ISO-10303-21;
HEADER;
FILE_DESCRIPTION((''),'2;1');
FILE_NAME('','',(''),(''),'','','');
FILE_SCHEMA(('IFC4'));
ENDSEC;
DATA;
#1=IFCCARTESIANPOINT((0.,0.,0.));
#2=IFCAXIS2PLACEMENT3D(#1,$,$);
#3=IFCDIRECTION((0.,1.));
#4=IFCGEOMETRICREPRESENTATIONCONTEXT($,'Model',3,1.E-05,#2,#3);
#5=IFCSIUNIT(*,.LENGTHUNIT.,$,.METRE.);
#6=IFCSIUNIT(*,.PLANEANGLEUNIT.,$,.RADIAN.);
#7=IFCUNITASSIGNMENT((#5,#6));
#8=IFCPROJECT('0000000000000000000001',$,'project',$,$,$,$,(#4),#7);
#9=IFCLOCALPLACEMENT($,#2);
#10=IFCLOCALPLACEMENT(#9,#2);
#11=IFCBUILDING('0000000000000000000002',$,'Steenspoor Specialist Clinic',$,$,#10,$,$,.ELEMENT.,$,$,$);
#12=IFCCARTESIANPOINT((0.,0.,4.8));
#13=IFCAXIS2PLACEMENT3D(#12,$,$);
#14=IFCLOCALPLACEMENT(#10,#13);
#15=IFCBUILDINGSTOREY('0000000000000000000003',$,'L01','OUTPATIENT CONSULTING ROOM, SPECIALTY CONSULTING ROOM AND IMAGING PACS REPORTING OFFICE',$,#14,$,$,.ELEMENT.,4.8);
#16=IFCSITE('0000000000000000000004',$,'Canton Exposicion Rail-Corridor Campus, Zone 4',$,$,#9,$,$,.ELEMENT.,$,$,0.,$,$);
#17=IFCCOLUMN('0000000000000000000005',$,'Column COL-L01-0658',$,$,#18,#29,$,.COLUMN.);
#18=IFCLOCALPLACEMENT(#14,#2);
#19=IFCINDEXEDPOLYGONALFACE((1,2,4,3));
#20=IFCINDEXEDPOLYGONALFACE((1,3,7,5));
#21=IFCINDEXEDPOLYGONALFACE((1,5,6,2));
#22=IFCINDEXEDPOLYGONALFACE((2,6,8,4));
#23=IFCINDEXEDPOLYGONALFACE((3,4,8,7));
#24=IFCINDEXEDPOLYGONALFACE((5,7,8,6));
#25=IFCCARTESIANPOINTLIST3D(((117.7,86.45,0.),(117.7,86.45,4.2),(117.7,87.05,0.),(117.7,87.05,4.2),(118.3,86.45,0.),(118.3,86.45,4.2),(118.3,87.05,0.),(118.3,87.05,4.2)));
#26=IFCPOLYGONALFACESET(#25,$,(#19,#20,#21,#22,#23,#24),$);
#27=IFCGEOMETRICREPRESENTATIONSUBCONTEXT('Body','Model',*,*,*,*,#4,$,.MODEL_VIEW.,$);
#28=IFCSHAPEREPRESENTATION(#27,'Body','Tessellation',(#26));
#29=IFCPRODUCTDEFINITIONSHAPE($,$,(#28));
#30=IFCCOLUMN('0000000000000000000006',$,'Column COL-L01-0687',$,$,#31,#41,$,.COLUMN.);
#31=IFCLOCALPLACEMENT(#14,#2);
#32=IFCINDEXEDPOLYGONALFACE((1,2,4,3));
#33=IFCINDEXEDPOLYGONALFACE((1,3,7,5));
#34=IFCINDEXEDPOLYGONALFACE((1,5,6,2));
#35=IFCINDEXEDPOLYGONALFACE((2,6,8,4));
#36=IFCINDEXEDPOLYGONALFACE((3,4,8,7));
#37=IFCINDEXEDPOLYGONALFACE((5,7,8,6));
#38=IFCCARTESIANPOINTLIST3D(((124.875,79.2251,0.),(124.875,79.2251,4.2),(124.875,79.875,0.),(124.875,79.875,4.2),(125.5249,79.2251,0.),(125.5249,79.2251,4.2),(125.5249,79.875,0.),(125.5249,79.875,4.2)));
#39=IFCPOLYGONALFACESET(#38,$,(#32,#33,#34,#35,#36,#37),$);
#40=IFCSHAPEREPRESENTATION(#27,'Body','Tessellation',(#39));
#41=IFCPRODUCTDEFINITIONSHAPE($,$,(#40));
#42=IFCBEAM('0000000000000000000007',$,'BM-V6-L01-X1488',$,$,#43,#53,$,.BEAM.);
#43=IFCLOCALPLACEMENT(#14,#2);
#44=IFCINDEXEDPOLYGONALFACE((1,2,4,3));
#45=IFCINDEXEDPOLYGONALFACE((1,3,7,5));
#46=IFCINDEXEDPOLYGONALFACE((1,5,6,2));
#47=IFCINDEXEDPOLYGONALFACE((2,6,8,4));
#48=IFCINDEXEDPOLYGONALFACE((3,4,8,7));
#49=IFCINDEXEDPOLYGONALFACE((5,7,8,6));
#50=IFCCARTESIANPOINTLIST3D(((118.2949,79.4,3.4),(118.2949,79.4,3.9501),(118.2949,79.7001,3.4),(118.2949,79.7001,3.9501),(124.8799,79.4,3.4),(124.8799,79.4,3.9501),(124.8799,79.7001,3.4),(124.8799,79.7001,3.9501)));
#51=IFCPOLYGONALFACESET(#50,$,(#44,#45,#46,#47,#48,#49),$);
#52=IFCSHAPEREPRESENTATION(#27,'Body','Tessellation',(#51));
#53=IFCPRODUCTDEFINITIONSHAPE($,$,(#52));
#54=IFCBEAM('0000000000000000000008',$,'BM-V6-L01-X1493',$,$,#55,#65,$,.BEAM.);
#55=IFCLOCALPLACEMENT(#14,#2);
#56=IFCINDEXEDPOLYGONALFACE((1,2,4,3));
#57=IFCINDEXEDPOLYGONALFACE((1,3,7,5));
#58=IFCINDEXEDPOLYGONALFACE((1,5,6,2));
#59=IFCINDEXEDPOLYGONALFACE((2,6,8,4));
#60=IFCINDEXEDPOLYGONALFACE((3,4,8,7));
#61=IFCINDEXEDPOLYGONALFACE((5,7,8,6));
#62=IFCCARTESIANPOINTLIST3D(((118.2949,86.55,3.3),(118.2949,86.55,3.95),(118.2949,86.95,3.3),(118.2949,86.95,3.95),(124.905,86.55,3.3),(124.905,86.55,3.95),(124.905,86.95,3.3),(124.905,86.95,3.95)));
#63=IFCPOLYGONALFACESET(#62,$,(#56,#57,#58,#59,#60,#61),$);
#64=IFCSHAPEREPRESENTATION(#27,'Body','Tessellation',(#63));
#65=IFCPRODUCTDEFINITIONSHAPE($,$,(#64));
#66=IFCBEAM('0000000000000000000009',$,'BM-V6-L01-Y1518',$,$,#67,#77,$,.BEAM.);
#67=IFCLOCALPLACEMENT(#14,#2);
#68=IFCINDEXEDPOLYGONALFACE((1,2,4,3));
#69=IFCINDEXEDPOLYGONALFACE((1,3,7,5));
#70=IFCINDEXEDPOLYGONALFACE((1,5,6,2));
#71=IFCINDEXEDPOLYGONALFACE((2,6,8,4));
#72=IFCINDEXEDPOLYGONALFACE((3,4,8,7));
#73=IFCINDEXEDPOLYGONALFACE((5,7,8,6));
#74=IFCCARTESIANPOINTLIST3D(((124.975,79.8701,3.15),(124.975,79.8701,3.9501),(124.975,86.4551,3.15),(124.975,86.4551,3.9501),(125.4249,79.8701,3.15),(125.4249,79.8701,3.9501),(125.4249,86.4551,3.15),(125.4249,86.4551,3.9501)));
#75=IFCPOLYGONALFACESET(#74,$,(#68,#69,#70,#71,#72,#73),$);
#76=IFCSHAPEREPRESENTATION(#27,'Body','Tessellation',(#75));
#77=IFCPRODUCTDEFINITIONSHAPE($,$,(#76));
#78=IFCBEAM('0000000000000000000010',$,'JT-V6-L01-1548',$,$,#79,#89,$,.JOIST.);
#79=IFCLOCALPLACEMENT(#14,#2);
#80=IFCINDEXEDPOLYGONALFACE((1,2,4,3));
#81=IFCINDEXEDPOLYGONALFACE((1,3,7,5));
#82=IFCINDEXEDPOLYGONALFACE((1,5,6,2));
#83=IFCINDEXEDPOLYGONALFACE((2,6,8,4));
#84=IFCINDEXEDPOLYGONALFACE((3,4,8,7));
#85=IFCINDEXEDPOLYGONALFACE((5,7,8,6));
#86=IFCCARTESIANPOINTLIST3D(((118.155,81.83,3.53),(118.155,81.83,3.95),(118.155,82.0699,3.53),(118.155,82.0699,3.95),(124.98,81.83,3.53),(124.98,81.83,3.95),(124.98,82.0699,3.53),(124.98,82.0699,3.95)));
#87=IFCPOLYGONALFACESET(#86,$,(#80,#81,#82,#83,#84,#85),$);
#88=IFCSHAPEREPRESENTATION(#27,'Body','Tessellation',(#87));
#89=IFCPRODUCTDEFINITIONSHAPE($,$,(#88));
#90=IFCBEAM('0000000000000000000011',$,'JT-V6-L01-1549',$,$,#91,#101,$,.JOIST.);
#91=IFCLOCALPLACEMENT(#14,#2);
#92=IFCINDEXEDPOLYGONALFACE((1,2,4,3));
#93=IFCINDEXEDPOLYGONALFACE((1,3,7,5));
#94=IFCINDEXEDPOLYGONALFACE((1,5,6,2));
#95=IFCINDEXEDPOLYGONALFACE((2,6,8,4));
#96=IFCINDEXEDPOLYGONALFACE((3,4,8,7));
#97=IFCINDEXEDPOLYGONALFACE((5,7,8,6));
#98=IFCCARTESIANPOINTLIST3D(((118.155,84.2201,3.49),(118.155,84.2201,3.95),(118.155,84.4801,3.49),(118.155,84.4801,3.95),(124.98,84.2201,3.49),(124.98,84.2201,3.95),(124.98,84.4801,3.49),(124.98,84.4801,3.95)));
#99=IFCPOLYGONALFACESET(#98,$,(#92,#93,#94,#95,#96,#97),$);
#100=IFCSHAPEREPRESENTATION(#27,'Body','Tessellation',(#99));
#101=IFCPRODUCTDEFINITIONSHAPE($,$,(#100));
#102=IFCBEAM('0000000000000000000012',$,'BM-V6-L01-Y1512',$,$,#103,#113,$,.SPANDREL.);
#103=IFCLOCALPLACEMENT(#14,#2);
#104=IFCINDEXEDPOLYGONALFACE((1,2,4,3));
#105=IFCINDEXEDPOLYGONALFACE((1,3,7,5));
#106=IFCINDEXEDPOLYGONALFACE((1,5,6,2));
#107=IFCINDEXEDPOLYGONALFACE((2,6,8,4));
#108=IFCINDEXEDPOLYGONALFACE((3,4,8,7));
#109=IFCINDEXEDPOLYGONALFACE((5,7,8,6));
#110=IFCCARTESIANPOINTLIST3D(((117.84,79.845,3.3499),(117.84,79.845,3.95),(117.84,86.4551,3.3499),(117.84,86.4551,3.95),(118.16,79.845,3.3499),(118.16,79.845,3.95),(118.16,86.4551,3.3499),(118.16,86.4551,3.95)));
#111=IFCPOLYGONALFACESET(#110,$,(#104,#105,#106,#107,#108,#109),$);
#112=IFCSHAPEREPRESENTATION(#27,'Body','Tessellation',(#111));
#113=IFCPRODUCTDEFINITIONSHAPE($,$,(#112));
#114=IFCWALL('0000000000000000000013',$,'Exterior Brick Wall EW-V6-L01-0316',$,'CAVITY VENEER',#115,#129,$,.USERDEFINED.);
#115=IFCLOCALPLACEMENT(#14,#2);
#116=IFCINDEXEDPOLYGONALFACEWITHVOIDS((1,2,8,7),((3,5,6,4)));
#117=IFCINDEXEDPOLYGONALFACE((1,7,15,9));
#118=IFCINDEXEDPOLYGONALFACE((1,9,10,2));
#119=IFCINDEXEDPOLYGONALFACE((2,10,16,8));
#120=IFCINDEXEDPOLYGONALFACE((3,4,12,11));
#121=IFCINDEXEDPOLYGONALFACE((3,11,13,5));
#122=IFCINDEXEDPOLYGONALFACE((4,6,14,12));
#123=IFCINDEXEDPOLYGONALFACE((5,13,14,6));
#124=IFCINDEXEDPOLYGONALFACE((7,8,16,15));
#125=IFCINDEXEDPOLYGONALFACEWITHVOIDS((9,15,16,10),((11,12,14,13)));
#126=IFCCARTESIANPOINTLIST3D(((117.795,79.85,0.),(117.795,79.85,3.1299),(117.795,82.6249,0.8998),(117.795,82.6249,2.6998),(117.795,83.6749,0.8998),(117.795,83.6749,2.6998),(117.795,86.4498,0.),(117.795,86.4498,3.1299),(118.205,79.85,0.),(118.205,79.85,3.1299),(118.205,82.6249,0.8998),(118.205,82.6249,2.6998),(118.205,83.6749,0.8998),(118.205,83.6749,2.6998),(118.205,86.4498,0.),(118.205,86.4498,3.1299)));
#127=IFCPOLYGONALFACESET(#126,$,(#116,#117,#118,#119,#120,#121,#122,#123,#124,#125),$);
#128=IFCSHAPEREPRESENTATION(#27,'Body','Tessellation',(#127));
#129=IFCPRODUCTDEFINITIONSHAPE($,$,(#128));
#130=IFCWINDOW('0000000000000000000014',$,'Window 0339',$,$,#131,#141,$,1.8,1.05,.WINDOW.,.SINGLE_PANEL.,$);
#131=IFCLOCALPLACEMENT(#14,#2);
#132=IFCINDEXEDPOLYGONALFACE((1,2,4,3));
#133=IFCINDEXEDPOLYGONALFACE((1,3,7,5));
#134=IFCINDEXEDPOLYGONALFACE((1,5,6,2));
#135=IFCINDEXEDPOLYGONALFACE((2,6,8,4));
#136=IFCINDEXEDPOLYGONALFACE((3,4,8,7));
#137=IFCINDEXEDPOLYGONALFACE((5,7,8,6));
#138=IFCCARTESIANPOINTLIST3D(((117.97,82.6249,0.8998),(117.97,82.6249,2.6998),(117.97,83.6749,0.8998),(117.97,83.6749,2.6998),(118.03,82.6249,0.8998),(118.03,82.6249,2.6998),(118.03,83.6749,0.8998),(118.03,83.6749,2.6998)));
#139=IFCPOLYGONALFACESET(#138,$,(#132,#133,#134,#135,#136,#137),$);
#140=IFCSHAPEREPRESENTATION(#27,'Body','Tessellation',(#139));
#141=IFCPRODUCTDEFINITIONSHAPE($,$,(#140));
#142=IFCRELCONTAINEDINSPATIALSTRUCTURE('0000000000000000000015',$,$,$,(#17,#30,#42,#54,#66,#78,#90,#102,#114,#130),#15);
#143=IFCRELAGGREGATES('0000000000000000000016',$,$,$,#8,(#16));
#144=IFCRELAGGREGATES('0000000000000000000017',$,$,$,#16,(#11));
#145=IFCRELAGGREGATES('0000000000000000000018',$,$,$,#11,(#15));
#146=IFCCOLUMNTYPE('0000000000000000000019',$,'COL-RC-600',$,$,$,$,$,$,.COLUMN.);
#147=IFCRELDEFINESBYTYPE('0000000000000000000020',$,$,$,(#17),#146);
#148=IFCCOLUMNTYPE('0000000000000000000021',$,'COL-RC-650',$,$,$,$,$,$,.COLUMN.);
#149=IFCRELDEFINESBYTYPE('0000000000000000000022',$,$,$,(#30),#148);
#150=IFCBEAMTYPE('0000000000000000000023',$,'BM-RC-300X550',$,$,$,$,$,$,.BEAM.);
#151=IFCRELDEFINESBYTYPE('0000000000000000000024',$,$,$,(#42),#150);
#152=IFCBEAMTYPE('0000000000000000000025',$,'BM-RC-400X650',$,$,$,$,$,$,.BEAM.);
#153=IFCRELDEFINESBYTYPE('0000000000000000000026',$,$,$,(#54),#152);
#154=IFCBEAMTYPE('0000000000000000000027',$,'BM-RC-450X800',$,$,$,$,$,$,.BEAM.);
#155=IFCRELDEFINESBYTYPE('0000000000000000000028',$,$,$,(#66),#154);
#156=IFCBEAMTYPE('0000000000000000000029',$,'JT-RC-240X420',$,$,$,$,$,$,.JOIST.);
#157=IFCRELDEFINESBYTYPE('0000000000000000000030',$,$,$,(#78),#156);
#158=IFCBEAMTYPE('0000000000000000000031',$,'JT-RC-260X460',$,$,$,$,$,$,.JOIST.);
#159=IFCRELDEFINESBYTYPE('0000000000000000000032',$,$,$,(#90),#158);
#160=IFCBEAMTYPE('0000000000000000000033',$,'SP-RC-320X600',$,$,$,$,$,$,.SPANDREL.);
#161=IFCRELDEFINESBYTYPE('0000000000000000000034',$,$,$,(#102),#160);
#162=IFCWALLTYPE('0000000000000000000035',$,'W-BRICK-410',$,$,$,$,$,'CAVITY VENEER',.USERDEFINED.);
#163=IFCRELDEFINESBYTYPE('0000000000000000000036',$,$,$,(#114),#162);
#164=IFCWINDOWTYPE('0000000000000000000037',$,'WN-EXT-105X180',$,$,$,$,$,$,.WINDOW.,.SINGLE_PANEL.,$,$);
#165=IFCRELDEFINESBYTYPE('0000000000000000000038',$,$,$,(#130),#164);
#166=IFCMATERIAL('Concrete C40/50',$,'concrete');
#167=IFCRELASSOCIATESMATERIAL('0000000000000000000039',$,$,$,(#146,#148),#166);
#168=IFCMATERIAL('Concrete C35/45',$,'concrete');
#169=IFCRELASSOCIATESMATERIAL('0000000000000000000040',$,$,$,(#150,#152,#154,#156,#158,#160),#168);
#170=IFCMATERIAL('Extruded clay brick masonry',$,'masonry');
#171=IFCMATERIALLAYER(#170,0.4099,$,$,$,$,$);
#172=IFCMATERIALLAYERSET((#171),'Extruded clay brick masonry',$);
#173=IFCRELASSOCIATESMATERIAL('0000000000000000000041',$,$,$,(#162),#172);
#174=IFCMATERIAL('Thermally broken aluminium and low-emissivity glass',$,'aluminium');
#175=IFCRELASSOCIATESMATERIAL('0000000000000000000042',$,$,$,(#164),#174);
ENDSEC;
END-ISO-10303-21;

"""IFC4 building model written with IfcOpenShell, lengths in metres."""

from ifc_helpers import new_model, si_unit, direction, frame, frame_2d, origin, origin_2d, place, context, subcontext, project, spatial, rectangle, extrude, material, layer, layer_set, material_profile, profile_set, type_object, element, fill, save


model = new_model("IFC4")

# Units and contexts
model_context = context("Model", 3, precision=1e-05, world=origin(), true_north=direction((0.0, 1.0)))
body_context = subcontext(model_context, "Body", "Model", "MODEL_VIEW")
ifc_project = project(units=[si_unit("LENGTHUNIT", "METRE"), si_unit("PLANEANGLEUNIT", "RADIAN")], contexts=[model_context])

# Site, building, storey
site_placement = place(None, origin())
site = spatial("IfcSite", under=ifc_project, at=site_placement, Name="Canton Exposicion Rail-Corridor Campus, Zone 4", CompositionType="ELEMENT", RefElevation=0.0)
building_placement = place(site_placement, origin())
building = spatial("IfcBuilding", under=site, at=building_placement, Name="Steenspoor Specialist Clinic", CompositionType="ELEMENT")
storey_placement = place(building_placement, frame((0.0, 0.0, 4.8)))
storey = spatial("IfcBuildingStorey", under=building, at=storey_placement, Name="L01", Description="OUTPATIENT CONSULTING ROOM, SPECIALTY CONSULTING ROOM AND IMAGING PACS REPORTING OFFICE", CompositionType="ELEMENT", Elevation=4.8)

# Columns
ifc_material_1 = material(Name="Concrete C40/50", Category="concrete")
ifc_material_profile_1 = material_profile(ifc_material_1, rectangle(XDim=0.6001, YDim=0.6001, at=origin_2d()), Name="RC-COL-600X600")
ifc_profile_set_1 = profile_set([ifc_material_profile_1], Name="Concrete C40/50")
column_type_1 = type_object("IfcColumnType", Name="COL-RC-600", PredefinedType="COLUMN", material=ifc_profile_set_1)
column_1_placement = place(storey_placement, frame((118.0, 86.75, 0.0), z_axis=(0.0, 0.0, 1.0), x_axis=(1.0, 0.0, 0.0)))
element("IfcColumn", 1, at=column_1_placement, inside=storey, type_object=column_type_1, Name="Column COL-L01-0658", PredefinedType="COLUMN", context=body_context, shape_type="SweptSolid", body=[
    extrude(rectangle(XDim=0.6001, YDim=0.6001, at=origin_2d()), origin(), (0.0, 0.0, 1.0), 4.2),
])
ifc_material_profile_2 = material_profile(ifc_material_1, rectangle(XDim=0.6499, YDim=0.6499, at=origin_2d()), Name="RC-COL-650X650")
ifc_profile_set_2 = profile_set([ifc_material_profile_2], Name="Concrete C40/50")
column_type_2 = type_object("IfcColumnType", Name="COL-RC-650", PredefinedType="COLUMN", material=ifc_profile_set_2)
column_2_placement = place(storey_placement, frame((125.2, 79.55, 0.0), z_axis=(0.0, 0.0, 1.0), x_axis=(1.0, 0.0, 0.0)))
element("IfcColumn", 2, at=column_2_placement, inside=storey, type_object=column_type_2, Name="Column COL-L01-0687", PredefinedType="COLUMN", context=body_context, shape_type="SweptSolid", body=[
    extrude(rectangle(XDim=0.6499, YDim=0.6499, at=origin_2d()), origin(), (0.0, 0.0, 1.0), 4.2),
])

# Beams
ifc_material_2 = material(Name="Concrete C35/45", Category="concrete")
ifc_material_profile_3 = material_profile(ifc_material_2, rectangle(XDim=0.3, YDim=0.55, at=origin_2d()), Name="RC-BM-300X550")
ifc_profile_set_3 = profile_set([ifc_material_profile_3], Name="Concrete C35/45")
beam_type_1 = type_object("IfcBeamType", Name="BM-RC-300X550", PredefinedType="BEAM", material=ifc_profile_set_3)
beam_1_placement = place(storey_placement, frame((118.2949, 79.55, 3.675), z_axis=(1.0, 0.0, 0.0), x_axis=(0.0, 1.0, 0.0)))
element("IfcBeam", 3, at=beam_1_placement, inside=storey, type_object=beam_type_1, Name="BM-V6-L01-X1488", PredefinedType="BEAM", context=body_context, shape_type="SweptSolid", body=[
    extrude(rectangle(XDim=0.3, YDim=0.55, at=origin_2d()), origin(), (0.0, 0.0, 1.0), 6.585),
])
ifc_material_profile_4 = material_profile(ifc_material_2, rectangle(XDim=0.3999, YDim=0.6499, at=origin_2d()), Name="RC-BM-400X650")
ifc_profile_set_4 = profile_set([ifc_material_profile_4], Name="Concrete C35/45")
beam_type_2 = type_object("IfcBeamType", Name="BM-RC-400X650", PredefinedType="BEAM", material=ifc_profile_set_4)
beam_2_placement = place(storey_placement, frame((118.2949, 86.75, 3.625), z_axis=(1.0, 0.0, 0.0), x_axis=(0.0, 1.0, 0.0)))
element("IfcBeam", 4, at=beam_2_placement, inside=storey, type_object=beam_type_2, Name="BM-V6-L01-X1493", PredefinedType="BEAM", context=body_context, shape_type="SweptSolid", body=[
    extrude(rectangle(XDim=0.3999, YDim=0.6499, at=origin_2d()), origin(), (0.0, 0.0, 1.0), 6.6101),
])
ifc_material_profile_5 = material_profile(ifc_material_2, rectangle(XDim=0.45, YDim=0.8, at=origin_2d()), Name="RC-BM-450X800")
ifc_profile_set_5 = profile_set([ifc_material_profile_5], Name="Concrete C35/45")
beam_type_3 = type_object("IfcBeamType", Name="BM-RC-450X800", PredefinedType="BEAM", material=ifc_profile_set_5)
beam_3_placement = place(storey_placement, frame((125.2, 79.8701, 3.55), z_axis=(0.0, 1.0, 0.0), x_axis=(-1.0, 0.0, 0.0)))
element("IfcBeam", 5, at=beam_3_placement, inside=storey, type_object=beam_type_3, Name="BM-V6-L01-Y1518", PredefinedType="BEAM", context=body_context, shape_type="SweptSolid", body=[
    extrude(rectangle(XDim=0.45, YDim=0.8, at=origin_2d()), origin(), (0.0, 0.0, 1.0), 6.585),
])
ifc_material_profile_6 = material_profile(ifc_material_2, rectangle(XDim=0.24, YDim=0.4199, at=origin_2d()), Name="RC-JT-240X420")
ifc_profile_set_6 = profile_set([ifc_material_profile_6], Name="Concrete C35/45")
beam_type_4 = type_object("IfcBeamType", Name="JT-RC-240X420", PredefinedType="JOIST", material=ifc_profile_set_6)
beam_4_placement = place(storey_placement, frame((118.155, 81.95, 3.74), z_axis=(1.0, 0.0, 0.0), x_axis=(0.0, 1.0, 0.0)))
element("IfcBeam", 6, at=beam_4_placement, inside=storey, type_object=beam_type_4, Name="JT-V6-L01-1548", PredefinedType="JOIST", context=body_context, shape_type="SweptSolid", body=[
    extrude(rectangle(XDim=0.24, YDim=0.4199, at=origin_2d()), origin(), (0.0, 0.0, 1.0), 6.825),
])
ifc_material_profile_7 = material_profile(ifc_material_2, rectangle(XDim=0.26, YDim=0.46, at=origin_2d()), Name="RC-JT-260X460")
ifc_profile_set_7 = profile_set([ifc_material_profile_7], Name="Concrete C35/45")
beam_type_5 = type_object("IfcBeamType", Name="JT-RC-260X460", PredefinedType="JOIST", material=ifc_profile_set_7)
beam_5_placement = place(storey_placement, frame((118.155, 84.3501, 3.72), z_axis=(1.0, 0.0, 0.0), x_axis=(0.0, 1.0, 0.0)))
element("IfcBeam", 7, at=beam_5_placement, inside=storey, type_object=beam_type_5, Name="JT-V6-L01-1549", PredefinedType="JOIST", context=body_context, shape_type="SweptSolid", body=[
    extrude(rectangle(XDim=0.26, YDim=0.46, at=origin_2d()), origin(), (0.0, 0.0, 1.0), 6.825),
])
ifc_material_profile_8 = material_profile(ifc_material_2, rectangle(XDim=0.3201, YDim=0.6001, at=origin_2d()), Name="RC-SP-320X600")
ifc_profile_set_8 = profile_set([ifc_material_profile_8], Name="Concrete C35/45")
beam_type_6 = type_object("IfcBeamType", Name="SP-RC-320X600", PredefinedType="SPANDREL", material=ifc_profile_set_8)
beam_6_placement = place(storey_placement, frame((118.0, 79.845, 3.6499), z_axis=(0.0, 1.0, 0.0), x_axis=(-1.0, 0.0, 0.0)))
element("IfcBeam", 8, at=beam_6_placement, inside=storey, type_object=beam_type_6, Name="BM-V6-L01-Y1512", PredefinedType="SPANDREL", context=body_context, shape_type="SweptSolid", body=[
    extrude(rectangle(XDim=0.3201, YDim=0.6001, at=origin_2d()), origin(), (0.0, 0.0, 1.0), 6.6101),
])

# Wall, opening, window
ifc_material_3 = material(Name="Extruded clay brick masonry", Category="masonry")
ifc_layer_1 = layer(ifc_material_3, 0.4099)
ifc_layer_set_1 = layer_set([ifc_layer_1], Name="Extruded clay brick masonry")
wall_type_1 = type_object("IfcWallType", Name="W-BRICK-410", ElementType="CAVITY VENEER", PredefinedType="USERDEFINED", material=ifc_layer_set_1)
wall_1_placement = place(storey_placement, frame((118.0, 79.8501, 0.0), z_axis=(0.0, 0.0, 1.0), x_axis=(0.0, 1.0, 0.0)))
wall_1 = element("IfcWall", 9, at=wall_1_placement, inside=storey, type_object=wall_type_1, Name="Exterior Brick Wall EW-V6-L01-0316", ObjectType="CAVITY VENEER", PredefinedType="USERDEFINED", context=body_context, shape_type="SweptSolid", body=[
    extrude(rectangle(XDim=6.5999, YDim=0.4099, at=frame_2d((3.2998, 0.0))), origin(), (0.0, 0.0, 1.0), 3.1299),
])
opening_1_placement = place(wall_1_placement, frame((2.7749, 0.0, 0.8999)))
opening_1 = element("IfcOpeningElement", 10, at=opening_1_placement, cuts=wall_1, PredefinedType="OPENING", context=body_context, shape_type="SweptSolid", body=[
    extrude(rectangle(XDim=1.05, YDim=1.8, at=frame_2d((0.5249, 0.8999))), frame((0.0, 0.2148, 0.0), z_axis=(0.0, -1.0, 0.0), x_axis=(1.0, 0.0, 0.0)), (0.0, 0.0, 1.0), 0.4299),
])
ifc_material_4 = material(Name="Thermally broken aluminium and low-emissivity glass", Category="aluminium")
window_type_1 = type_object("IfcWindowType", Name="WN-EXT-105X180", PartitioningType="SINGLE_PANEL", PredefinedType="WINDOW", material=ifc_material_4)
window_1_placement = place(opening_1_placement, origin())
window_1 = element("IfcWindow", 11, at=window_1_placement, inside=storey, type_object=window_type_1, Name="Window 0339", OverallHeight=1.8, OverallWidth=1.05, PartitioningType="SINGLE_PANEL", PredefinedType="WINDOW", context=body_context, shape_type="SweptSolid", body=[
    extrude(rectangle(XDim=1.05, YDim=1.8, at=frame_2d((0.5249, 0.8999))), frame((0.0, 0.03, 0.0), z_axis=(0.0, -1.0, 0.0), x_axis=(1.0, 0.0, 0.0)), (0.0, 0.0, 1.0), 0.0601),
])
fill(opening_1, window_1)

save(model, "model.ifc")
